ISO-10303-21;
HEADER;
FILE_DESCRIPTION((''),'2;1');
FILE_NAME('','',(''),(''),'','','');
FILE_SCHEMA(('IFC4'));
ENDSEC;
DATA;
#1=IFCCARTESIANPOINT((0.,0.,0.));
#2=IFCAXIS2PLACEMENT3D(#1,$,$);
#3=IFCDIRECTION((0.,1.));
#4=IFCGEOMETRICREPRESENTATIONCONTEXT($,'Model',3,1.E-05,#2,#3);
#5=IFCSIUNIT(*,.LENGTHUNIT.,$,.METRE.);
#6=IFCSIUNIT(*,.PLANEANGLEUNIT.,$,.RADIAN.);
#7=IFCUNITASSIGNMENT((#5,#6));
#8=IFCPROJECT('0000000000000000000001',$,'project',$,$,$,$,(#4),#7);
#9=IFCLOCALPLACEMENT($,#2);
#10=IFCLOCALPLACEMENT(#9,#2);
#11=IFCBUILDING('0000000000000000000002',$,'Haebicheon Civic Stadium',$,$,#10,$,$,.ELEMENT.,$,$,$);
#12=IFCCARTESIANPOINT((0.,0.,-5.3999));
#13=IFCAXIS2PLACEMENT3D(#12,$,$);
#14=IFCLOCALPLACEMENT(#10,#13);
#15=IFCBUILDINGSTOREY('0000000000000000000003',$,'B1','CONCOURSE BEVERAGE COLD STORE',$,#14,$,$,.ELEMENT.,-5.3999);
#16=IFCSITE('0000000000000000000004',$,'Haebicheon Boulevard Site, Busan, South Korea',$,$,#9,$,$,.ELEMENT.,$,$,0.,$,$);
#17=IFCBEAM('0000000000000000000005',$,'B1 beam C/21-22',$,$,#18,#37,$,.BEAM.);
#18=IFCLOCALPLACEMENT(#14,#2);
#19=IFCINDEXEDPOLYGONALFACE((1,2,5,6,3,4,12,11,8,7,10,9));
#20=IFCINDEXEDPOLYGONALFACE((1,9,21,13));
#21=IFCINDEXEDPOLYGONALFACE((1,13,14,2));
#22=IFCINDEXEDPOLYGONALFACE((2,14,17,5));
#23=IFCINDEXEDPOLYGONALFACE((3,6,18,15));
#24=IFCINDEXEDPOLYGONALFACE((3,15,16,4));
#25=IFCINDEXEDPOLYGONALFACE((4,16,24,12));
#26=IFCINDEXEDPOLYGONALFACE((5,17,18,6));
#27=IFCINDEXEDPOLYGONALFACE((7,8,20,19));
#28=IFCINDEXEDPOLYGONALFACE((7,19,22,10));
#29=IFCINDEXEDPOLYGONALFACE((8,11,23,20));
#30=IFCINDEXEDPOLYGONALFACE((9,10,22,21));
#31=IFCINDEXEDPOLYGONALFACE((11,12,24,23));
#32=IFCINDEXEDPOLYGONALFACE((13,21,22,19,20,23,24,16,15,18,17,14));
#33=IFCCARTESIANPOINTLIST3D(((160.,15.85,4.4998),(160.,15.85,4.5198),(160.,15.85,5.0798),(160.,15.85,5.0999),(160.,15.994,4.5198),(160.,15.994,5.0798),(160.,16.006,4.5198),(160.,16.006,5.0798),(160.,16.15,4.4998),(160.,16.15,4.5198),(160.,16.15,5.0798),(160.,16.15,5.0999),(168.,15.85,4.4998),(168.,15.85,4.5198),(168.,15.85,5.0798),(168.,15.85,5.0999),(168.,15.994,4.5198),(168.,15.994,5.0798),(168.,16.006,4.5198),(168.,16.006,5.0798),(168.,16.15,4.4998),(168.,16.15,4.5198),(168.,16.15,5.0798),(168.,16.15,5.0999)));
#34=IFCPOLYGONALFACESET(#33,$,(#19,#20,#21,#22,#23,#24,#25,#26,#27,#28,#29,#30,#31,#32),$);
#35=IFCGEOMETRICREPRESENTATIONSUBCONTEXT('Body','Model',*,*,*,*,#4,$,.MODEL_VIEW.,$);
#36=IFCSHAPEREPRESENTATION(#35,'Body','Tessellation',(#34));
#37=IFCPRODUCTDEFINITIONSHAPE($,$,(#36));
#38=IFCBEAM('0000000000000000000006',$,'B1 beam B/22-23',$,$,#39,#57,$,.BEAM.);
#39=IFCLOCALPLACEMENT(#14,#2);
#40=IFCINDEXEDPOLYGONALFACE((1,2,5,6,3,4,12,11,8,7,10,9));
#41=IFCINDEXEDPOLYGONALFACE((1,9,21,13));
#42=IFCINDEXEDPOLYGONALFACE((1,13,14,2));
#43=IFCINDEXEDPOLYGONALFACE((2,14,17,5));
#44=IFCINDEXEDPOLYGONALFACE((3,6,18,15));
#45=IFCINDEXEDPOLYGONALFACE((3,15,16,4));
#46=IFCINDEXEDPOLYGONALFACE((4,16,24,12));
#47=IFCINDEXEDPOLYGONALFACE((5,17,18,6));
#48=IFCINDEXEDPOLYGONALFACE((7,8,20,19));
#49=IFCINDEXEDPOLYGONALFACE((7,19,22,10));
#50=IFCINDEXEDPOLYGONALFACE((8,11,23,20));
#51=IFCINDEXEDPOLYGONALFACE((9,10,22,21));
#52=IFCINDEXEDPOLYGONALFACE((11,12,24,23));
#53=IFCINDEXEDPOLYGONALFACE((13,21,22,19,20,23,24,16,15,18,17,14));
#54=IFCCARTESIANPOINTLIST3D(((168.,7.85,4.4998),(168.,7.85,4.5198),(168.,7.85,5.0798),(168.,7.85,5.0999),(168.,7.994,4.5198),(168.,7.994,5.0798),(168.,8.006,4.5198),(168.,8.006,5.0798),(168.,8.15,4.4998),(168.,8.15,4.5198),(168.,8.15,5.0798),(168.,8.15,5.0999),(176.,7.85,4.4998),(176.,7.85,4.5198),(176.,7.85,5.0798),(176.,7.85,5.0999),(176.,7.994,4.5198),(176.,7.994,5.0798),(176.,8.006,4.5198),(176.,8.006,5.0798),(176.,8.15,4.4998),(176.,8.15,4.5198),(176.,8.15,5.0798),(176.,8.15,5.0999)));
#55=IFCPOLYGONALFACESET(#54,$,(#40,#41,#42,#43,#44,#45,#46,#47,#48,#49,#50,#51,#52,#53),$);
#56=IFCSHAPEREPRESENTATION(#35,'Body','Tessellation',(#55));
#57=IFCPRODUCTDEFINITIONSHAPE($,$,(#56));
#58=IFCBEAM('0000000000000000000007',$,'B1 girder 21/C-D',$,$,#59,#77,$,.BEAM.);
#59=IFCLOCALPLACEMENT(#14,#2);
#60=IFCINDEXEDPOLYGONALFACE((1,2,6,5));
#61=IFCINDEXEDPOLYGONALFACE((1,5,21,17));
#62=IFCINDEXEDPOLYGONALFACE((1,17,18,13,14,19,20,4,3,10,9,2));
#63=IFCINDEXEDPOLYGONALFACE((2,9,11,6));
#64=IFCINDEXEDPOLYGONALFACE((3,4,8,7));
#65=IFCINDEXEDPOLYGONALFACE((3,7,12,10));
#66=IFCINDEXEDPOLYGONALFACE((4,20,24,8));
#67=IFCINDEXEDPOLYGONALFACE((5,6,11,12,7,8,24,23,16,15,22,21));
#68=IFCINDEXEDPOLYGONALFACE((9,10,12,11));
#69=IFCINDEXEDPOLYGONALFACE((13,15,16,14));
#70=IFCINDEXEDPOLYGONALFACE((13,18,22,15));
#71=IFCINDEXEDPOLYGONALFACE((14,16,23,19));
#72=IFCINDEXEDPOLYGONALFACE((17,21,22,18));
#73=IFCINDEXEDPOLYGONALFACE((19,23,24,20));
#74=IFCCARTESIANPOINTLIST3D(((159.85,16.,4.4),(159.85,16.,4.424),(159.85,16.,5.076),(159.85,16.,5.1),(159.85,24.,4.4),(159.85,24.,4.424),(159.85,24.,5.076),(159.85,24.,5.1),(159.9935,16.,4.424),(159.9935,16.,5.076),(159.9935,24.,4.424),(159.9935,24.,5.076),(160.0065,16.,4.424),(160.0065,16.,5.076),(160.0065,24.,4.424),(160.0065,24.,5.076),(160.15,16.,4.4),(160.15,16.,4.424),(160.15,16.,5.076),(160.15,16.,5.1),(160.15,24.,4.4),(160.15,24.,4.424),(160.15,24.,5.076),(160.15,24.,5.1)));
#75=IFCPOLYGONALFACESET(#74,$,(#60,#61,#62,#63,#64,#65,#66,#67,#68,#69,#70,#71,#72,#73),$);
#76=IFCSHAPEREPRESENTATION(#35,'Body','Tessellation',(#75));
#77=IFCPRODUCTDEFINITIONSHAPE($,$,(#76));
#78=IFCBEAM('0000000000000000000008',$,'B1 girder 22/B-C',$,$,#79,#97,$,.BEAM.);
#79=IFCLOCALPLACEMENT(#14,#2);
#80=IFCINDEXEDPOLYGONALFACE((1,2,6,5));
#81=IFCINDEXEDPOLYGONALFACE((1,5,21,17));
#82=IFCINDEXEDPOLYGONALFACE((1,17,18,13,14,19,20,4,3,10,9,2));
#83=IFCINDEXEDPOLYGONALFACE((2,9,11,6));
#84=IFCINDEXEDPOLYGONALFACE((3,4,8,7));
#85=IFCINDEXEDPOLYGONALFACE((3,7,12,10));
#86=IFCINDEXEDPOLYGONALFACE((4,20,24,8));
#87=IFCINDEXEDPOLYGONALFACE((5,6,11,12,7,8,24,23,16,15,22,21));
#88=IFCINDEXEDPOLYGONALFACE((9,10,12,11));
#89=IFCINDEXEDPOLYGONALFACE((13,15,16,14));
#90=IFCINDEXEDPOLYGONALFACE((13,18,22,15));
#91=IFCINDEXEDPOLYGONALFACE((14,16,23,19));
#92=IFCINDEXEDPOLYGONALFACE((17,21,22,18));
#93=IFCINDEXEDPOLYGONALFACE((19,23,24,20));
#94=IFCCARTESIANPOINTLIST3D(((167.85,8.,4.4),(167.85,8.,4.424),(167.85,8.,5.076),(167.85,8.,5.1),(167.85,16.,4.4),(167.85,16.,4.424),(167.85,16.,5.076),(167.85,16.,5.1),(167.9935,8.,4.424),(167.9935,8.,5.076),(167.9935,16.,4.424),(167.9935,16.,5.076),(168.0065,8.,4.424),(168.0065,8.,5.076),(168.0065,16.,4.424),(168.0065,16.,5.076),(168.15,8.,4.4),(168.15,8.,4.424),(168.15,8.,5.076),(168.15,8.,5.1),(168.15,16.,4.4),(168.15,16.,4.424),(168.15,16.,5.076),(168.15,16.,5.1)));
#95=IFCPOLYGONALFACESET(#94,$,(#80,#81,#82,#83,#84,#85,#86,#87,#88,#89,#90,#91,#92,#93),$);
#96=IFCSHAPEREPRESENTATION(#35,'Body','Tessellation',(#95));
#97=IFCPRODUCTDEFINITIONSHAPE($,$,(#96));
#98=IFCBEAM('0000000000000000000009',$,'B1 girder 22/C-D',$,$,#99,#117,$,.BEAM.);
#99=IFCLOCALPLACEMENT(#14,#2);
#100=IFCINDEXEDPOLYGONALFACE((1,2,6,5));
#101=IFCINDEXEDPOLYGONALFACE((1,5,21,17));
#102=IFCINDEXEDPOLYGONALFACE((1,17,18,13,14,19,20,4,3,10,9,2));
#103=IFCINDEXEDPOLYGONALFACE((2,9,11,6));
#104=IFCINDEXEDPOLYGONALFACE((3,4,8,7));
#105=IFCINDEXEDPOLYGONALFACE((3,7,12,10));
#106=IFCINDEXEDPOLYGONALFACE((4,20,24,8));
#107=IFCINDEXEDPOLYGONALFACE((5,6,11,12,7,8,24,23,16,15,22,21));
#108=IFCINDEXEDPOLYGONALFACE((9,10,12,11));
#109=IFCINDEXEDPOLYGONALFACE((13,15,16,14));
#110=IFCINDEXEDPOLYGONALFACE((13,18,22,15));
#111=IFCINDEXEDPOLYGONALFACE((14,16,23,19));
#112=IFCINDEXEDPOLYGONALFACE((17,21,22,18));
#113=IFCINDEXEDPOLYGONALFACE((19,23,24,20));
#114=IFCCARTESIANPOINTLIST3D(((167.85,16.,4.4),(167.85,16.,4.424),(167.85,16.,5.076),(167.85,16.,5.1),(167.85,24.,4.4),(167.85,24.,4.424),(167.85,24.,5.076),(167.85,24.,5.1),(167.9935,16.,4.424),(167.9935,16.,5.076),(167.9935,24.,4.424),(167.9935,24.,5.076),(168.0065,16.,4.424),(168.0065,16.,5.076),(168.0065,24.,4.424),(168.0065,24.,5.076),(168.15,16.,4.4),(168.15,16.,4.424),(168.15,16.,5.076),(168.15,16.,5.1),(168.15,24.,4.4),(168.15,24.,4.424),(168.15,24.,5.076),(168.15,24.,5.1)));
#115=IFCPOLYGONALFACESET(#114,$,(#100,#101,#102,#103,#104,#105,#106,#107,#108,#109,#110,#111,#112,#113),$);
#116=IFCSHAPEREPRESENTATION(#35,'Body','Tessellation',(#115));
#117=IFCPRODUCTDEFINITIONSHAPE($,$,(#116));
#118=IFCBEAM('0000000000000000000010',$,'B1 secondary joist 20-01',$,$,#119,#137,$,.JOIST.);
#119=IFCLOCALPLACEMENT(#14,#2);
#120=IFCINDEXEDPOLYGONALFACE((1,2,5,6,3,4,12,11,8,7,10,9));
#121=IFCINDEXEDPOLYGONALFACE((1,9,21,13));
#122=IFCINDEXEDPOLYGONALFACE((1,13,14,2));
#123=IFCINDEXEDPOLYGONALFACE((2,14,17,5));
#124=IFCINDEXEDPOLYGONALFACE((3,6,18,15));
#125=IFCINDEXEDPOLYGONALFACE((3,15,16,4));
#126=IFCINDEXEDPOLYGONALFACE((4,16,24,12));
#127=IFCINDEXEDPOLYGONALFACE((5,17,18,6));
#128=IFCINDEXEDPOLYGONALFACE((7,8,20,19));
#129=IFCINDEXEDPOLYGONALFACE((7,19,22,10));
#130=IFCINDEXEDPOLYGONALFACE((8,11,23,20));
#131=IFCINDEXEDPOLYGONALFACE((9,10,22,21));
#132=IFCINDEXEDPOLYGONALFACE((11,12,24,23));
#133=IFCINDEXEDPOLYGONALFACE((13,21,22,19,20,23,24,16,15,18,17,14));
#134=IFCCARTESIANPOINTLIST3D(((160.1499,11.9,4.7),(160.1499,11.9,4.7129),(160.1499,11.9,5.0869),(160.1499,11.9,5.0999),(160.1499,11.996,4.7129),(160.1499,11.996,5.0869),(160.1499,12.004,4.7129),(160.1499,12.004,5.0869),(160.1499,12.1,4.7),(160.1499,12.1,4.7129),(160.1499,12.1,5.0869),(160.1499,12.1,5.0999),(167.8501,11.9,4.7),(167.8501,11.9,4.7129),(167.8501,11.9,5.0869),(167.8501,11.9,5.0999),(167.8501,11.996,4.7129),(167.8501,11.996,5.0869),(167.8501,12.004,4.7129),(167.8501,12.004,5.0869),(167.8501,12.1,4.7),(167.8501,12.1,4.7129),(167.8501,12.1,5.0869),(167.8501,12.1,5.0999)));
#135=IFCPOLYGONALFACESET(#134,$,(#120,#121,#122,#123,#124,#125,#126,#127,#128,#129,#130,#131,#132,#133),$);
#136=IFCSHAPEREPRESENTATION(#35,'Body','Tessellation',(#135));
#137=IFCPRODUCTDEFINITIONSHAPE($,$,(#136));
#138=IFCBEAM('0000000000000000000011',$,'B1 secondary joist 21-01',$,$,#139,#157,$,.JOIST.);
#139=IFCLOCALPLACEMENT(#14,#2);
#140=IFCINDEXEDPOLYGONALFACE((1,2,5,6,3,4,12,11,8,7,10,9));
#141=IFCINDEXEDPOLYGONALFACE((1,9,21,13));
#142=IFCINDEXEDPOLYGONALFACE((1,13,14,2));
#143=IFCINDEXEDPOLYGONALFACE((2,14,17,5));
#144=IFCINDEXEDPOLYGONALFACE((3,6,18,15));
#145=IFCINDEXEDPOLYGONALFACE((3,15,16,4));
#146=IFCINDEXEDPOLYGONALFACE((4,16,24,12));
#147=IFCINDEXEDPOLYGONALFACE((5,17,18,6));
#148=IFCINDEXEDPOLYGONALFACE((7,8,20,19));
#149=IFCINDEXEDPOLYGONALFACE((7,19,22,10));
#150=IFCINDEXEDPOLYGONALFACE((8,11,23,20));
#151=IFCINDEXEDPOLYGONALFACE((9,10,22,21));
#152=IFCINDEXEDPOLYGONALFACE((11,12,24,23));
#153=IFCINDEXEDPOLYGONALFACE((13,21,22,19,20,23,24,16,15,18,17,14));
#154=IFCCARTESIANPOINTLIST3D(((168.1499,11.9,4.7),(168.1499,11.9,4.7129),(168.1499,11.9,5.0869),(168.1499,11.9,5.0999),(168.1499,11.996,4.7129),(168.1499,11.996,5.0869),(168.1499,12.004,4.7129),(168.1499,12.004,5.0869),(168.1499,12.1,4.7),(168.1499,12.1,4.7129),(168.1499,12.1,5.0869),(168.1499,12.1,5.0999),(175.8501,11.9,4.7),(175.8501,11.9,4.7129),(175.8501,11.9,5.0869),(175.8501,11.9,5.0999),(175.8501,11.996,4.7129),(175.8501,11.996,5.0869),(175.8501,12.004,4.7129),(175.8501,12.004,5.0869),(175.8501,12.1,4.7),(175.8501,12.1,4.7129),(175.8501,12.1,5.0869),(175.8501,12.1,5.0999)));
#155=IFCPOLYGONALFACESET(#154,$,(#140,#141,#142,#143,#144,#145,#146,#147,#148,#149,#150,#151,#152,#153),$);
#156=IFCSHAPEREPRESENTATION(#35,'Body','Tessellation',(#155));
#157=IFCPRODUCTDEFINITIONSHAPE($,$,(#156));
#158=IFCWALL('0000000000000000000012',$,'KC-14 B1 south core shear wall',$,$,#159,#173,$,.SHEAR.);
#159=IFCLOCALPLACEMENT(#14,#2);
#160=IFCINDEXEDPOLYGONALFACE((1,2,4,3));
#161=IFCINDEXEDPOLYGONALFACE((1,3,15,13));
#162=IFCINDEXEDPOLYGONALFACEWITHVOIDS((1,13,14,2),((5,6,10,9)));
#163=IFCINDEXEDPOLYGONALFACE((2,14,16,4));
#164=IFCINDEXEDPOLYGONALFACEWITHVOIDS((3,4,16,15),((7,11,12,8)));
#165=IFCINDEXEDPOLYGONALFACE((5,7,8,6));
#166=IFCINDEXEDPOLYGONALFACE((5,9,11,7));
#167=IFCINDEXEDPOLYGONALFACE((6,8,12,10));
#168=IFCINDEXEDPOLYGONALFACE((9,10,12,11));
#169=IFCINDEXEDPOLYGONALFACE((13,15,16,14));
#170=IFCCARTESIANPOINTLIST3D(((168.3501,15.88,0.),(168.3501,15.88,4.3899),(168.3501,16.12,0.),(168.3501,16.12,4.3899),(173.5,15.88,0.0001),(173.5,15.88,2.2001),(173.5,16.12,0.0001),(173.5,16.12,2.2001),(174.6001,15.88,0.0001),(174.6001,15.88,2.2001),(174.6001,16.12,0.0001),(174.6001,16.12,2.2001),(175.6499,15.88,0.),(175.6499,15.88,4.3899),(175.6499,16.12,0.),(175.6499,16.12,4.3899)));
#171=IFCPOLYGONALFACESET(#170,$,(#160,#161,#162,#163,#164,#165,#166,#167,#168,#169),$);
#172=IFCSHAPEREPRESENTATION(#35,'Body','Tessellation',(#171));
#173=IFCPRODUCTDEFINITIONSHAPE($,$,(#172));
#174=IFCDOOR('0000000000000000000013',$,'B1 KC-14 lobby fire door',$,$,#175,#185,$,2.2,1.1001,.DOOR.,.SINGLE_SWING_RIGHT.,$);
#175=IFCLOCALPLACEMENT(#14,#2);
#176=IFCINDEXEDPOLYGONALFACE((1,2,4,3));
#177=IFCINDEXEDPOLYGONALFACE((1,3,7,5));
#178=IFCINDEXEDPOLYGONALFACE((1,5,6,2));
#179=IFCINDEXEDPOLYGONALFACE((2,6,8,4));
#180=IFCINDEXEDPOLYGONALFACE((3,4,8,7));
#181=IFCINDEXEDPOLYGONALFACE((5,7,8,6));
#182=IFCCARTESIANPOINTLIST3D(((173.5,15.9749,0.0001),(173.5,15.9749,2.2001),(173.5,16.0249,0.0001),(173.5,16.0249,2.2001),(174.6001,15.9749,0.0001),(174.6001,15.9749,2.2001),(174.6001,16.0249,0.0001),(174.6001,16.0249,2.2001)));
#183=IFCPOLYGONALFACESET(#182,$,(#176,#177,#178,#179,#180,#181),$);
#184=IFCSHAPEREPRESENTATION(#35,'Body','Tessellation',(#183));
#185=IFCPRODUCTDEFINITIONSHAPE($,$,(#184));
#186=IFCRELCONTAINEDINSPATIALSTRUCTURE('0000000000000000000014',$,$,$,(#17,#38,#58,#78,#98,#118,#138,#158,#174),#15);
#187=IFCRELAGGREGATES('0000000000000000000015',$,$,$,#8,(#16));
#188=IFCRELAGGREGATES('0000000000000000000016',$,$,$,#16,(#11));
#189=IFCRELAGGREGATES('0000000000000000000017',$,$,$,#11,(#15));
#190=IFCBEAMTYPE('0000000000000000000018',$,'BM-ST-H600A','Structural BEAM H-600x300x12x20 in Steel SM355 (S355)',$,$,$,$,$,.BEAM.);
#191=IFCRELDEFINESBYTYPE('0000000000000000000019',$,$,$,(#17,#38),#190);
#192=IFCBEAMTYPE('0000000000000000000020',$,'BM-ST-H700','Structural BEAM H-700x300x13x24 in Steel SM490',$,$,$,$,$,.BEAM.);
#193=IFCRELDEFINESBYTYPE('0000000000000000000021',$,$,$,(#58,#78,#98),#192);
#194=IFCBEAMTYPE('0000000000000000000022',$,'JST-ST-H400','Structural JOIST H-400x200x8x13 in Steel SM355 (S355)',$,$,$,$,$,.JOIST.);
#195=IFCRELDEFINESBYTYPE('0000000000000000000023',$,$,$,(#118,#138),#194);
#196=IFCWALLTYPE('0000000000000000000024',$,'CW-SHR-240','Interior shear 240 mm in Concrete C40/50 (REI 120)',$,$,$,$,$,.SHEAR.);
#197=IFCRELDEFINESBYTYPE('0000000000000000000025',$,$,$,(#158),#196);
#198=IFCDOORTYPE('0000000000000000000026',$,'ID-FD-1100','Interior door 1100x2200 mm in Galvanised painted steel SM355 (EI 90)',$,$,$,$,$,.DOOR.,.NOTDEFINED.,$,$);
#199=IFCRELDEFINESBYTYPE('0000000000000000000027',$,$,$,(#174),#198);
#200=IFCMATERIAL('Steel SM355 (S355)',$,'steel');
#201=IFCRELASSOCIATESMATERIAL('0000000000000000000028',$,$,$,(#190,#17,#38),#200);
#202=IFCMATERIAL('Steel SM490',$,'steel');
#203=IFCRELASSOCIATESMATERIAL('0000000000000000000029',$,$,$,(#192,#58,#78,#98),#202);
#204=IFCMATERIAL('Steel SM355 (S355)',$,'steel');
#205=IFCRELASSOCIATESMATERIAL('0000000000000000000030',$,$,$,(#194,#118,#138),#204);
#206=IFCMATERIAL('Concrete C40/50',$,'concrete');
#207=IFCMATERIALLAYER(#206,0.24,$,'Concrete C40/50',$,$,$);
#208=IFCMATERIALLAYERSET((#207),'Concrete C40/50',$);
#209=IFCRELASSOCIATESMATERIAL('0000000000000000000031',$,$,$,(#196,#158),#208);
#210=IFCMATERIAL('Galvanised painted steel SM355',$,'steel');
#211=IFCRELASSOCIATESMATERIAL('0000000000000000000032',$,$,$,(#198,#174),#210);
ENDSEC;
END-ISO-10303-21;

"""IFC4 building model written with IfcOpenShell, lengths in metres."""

from ifc_helpers import new_model, si_unit, direction, frame, frame_2d, origin, origin_2d, place, context, subcontext, project, spatial, rectangle, i_section, extrude, material, layer, layer_set, material_profile, profile_set, type_object, element, fill, save


model = new_model("IFC4")

# Units and contexts
model_context = context("Model", 3, precision=1e-05, world=origin(), true_north=direction((0.0, 1.0)))
body_context = subcontext(model_context, "Body", "Model", "MODEL_VIEW")
ifc_project = project(units=[si_unit("LENGTHUNIT", "METRE"), si_unit("PLANEANGLEUNIT", "RADIAN")], contexts=[model_context])

# Site, building, storey
site_placement = place(None, origin())
site = spatial("IfcSite", under=ifc_project, at=site_placement, Name="Haebicheon Boulevard Site, Busan, South Korea", CompositionType="ELEMENT", RefElevation=0.0)
building_placement = place(site_placement, origin())
building = spatial("IfcBuilding", under=site, at=building_placement, Name="Haebicheon Civic Stadium", CompositionType="ELEMENT")
storey_placement = place(building_placement, frame((0.0, 0.0, -5.3999)))
storey = spatial("IfcBuildingStorey", under=building, at=storey_placement, Name="B1", Description="CONCOURSE BEVERAGE COLD STORE", CompositionType="ELEMENT", Elevation=-5.3999)

# Beams
ifc_material_1 = material(Name="Steel SM355 (S355)", Category="steel")
ifc_material_profile_1 = material_profile(ifc_material_1, i_section(OverallWidth=0.3, OverallDepth=0.6001, WebThickness=0.012, FlangeThickness=0.02, at=origin_2d()), Name="H-600x300x12x20")
ifc_profile_set_1 = profile_set([ifc_material_profile_1], Name="Steel SM355 (S355)")
beam_type_1 = type_object("IfcBeamType", Name="BM-ST-H600A", Description="Structural BEAM H-600x300x12x20 in Steel SM355 (S355)", PredefinedType="BEAM", material=ifc_profile_set_1)
for number, where, z_axis, x_axis, name in (
    (1, (160.0, 16.0, 4.7998), (1.0, 0.0, 0.0), (0.0, 1.0, 0.0), "B1 beam C/21-22"),
    (2, (168.0, 8.0, 4.7998), (1.0, 0.0, 0.0), (0.0, 1.0, 0.0), "B1 beam B/22-23"),
):
    element("IfcBeam", number, at=place(storey_placement, frame(where, z_axis=z_axis, x_axis=x_axis)), inside=storey, type_object=beam_type_1, material=ifc_profile_set_1, Name=name, PredefinedType="BEAM", context=body_context, shape_type="SweptSolid", body=[
        extrude(i_section(OverallWidth=0.3, OverallDepth=0.6001, WebThickness=0.012, FlangeThickness=0.02, at=origin_2d()), origin(), (0.0, 0.0, 1.0), 8.0),
    ])
ifc_material_2 = material(Name="Steel SM490", Category="steel")
ifc_material_profile_2 = material_profile(ifc_material_2, i_section(OverallWidth=0.3, OverallDepth=0.7, WebThickness=0.0129, FlangeThickness=0.0239, at=origin_2d()), Name="H-700x300x13x24")
ifc_profile_set_2 = profile_set([ifc_material_profile_2], Name="Steel SM490")
beam_type_2 = type_object("IfcBeamType", Name="BM-ST-H700", Description="Structural BEAM H-700x300x13x24 in Steel SM490", PredefinedType="BEAM", material=ifc_profile_set_2)
for number, where, z_axis, x_axis, name in (
    (3, (160.0, 16.0, 4.75), (0.0, 1.0, 0.0), (-1.0, 0.0, 0.0), "B1 girder 21/C-D"),
    (4, (168.0, 8.0, 4.75), (0.0, 1.0, 0.0), (-1.0, 0.0, 0.0), "B1 girder 22/B-C"),
    (5, (168.0, 16.0, 4.75), (0.0, 1.0, 0.0), (-1.0, 0.0, 0.0), "B1 girder 22/C-D"),
):
    element("IfcBeam", number, at=place(storey_placement, frame(where, z_axis=z_axis, x_axis=x_axis)), inside=storey, type_object=beam_type_2, material=ifc_profile_set_2, Name=name, PredefinedType="BEAM", context=body_context, shape_type="SweptSolid", body=[
        extrude(i_section(OverallWidth=0.3, OverallDepth=0.7, WebThickness=0.0129, FlangeThickness=0.0239, at=origin_2d()), origin(), (0.0, 0.0, 1.0), 8.0),
    ])
ifc_material_3 = material(Name="Steel SM355 (S355)", Category="steel")
ifc_material_profile_3 = material_profile(ifc_material_3, i_section(OverallWidth=0.2, OverallDepth=0.3999, WebThickness=0.0081, FlangeThickness=0.0129, at=origin_2d()), Name="H-400x200x8x13")
ifc_profile_set_3 = profile_set([ifc_material_profile_3], Name="Steel SM355 (S355)")
beam_type_3 = type_object("IfcBeamType", Name="JST-ST-H400", Description="Structural JOIST H-400x200x8x13 in Steel SM355 (S355)", PredefinedType="JOIST", material=ifc_profile_set_3)
for number, where, z_axis, x_axis, name in (
    (6, (160.1499, 12.0, 4.8999), (1.0, 0.0, 0.0), (0.0, 1.0, 0.0), "B1 secondary joist 20-01"),
    (7, (168.1499, 12.0, 4.8999), (1.0, 0.0, 0.0), (0.0, 1.0, 0.0), "B1 secondary joist 21-01"),
):
    element("IfcBeam", number, at=place(storey_placement, frame(where, z_axis=z_axis, x_axis=x_axis)), inside=storey, type_object=beam_type_3, material=ifc_profile_set_3, Name=name, PredefinedType="JOIST", context=body_context, shape_type="SweptSolid", body=[
        extrude(i_section(OverallWidth=0.2, OverallDepth=0.3999, WebThickness=0.0081, FlangeThickness=0.0129, at=origin_2d()), origin(), (0.0, 0.0, 1.0), 7.7002),
    ])

# Wall, opening, door
ifc_material_4 = material(Name="Concrete C40/50", Category="concrete")
ifc_layer_1 = layer(ifc_material_4, 0.24, Name="Concrete C40/50")
ifc_layer_set_1 = layer_set([ifc_layer_1], Name="Concrete C40/50")
wall_type = type_object("IfcWallType", Name="CW-SHR-240", Description="Interior shear 240 mm in Concrete C40/50 (REI 120)", PredefinedType="SHEAR", material=ifc_layer_set_1)
wall_placement = place(storey_placement, frame((168.3501, 16.0, 0.0), z_axis=(0.0, 0.0, 1.0), x_axis=(1.0, 0.0, 0.0)))
wall = element("IfcWall", 8, at=wall_placement, inside=storey, type_object=wall_type, material=ifc_layer_set_1, Name="KC-14 B1 south core shear wall", PredefinedType="SHEAR", context=body_context, shape_type="SweptSolid", body=[
    extrude(rectangle(XDim=7.2998, YDim=0.24, at=frame_2d((3.6499, 0.0))), origin(), (0.0, 0.0, 1.0), 4.3899),
])
opening_placement = place(wall_placement, frame((5.1499, 0.0, 0.0)))
opening = element("IfcOpeningElement", 9, at=opening_placement, cuts=wall, PredefinedType="OPENING", context=body_context, shape_type="SweptSolid", body=[
    extrude(rectangle(XDim=1.1001, YDim=2.2, at=frame_2d((0.55, 1.1001))), frame((0.0, 0.1299, 0.0), z_axis=(0.0, -1.0, 0.0), x_axis=(1.0, 0.0, 0.0)), (0.0, 0.0, 1.0), 0.26),
])
ifc_material_5 = material(Name="Galvanised painted steel SM355", Category="steel")
door_type = type_object("IfcDoorType", Name="ID-FD-1100", Description="Interior door 1100x2200 mm in Galvanised painted steel SM355 (EI 90)", OperationType="NOTDEFINED", PredefinedType="DOOR", material=ifc_material_5)
door_placement = place(opening_placement, origin())
door = element("IfcDoor", 10, at=door_placement, inside=storey, type_object=door_type, material=ifc_material_5, Name="B1 KC-14 lobby fire door", OperationType="SINGLE_SWING_RIGHT", OverallHeight=2.2, OverallWidth=1.1001, PredefinedType="DOOR", context=body_context, shape_type="SweptSolid", body=[
    extrude(rectangle(XDim=1.1001, YDim=2.2, at=frame_2d((0.55, 1.1001))), frame((0.0, 0.0249, 0.0), z_axis=(0.0, -1.0, 0.0), x_axis=(1.0, 0.0, 0.0)), (0.0, 0.0, 1.0), 0.05),
])
fill(opening, door)

save(model, "model.ifc")
